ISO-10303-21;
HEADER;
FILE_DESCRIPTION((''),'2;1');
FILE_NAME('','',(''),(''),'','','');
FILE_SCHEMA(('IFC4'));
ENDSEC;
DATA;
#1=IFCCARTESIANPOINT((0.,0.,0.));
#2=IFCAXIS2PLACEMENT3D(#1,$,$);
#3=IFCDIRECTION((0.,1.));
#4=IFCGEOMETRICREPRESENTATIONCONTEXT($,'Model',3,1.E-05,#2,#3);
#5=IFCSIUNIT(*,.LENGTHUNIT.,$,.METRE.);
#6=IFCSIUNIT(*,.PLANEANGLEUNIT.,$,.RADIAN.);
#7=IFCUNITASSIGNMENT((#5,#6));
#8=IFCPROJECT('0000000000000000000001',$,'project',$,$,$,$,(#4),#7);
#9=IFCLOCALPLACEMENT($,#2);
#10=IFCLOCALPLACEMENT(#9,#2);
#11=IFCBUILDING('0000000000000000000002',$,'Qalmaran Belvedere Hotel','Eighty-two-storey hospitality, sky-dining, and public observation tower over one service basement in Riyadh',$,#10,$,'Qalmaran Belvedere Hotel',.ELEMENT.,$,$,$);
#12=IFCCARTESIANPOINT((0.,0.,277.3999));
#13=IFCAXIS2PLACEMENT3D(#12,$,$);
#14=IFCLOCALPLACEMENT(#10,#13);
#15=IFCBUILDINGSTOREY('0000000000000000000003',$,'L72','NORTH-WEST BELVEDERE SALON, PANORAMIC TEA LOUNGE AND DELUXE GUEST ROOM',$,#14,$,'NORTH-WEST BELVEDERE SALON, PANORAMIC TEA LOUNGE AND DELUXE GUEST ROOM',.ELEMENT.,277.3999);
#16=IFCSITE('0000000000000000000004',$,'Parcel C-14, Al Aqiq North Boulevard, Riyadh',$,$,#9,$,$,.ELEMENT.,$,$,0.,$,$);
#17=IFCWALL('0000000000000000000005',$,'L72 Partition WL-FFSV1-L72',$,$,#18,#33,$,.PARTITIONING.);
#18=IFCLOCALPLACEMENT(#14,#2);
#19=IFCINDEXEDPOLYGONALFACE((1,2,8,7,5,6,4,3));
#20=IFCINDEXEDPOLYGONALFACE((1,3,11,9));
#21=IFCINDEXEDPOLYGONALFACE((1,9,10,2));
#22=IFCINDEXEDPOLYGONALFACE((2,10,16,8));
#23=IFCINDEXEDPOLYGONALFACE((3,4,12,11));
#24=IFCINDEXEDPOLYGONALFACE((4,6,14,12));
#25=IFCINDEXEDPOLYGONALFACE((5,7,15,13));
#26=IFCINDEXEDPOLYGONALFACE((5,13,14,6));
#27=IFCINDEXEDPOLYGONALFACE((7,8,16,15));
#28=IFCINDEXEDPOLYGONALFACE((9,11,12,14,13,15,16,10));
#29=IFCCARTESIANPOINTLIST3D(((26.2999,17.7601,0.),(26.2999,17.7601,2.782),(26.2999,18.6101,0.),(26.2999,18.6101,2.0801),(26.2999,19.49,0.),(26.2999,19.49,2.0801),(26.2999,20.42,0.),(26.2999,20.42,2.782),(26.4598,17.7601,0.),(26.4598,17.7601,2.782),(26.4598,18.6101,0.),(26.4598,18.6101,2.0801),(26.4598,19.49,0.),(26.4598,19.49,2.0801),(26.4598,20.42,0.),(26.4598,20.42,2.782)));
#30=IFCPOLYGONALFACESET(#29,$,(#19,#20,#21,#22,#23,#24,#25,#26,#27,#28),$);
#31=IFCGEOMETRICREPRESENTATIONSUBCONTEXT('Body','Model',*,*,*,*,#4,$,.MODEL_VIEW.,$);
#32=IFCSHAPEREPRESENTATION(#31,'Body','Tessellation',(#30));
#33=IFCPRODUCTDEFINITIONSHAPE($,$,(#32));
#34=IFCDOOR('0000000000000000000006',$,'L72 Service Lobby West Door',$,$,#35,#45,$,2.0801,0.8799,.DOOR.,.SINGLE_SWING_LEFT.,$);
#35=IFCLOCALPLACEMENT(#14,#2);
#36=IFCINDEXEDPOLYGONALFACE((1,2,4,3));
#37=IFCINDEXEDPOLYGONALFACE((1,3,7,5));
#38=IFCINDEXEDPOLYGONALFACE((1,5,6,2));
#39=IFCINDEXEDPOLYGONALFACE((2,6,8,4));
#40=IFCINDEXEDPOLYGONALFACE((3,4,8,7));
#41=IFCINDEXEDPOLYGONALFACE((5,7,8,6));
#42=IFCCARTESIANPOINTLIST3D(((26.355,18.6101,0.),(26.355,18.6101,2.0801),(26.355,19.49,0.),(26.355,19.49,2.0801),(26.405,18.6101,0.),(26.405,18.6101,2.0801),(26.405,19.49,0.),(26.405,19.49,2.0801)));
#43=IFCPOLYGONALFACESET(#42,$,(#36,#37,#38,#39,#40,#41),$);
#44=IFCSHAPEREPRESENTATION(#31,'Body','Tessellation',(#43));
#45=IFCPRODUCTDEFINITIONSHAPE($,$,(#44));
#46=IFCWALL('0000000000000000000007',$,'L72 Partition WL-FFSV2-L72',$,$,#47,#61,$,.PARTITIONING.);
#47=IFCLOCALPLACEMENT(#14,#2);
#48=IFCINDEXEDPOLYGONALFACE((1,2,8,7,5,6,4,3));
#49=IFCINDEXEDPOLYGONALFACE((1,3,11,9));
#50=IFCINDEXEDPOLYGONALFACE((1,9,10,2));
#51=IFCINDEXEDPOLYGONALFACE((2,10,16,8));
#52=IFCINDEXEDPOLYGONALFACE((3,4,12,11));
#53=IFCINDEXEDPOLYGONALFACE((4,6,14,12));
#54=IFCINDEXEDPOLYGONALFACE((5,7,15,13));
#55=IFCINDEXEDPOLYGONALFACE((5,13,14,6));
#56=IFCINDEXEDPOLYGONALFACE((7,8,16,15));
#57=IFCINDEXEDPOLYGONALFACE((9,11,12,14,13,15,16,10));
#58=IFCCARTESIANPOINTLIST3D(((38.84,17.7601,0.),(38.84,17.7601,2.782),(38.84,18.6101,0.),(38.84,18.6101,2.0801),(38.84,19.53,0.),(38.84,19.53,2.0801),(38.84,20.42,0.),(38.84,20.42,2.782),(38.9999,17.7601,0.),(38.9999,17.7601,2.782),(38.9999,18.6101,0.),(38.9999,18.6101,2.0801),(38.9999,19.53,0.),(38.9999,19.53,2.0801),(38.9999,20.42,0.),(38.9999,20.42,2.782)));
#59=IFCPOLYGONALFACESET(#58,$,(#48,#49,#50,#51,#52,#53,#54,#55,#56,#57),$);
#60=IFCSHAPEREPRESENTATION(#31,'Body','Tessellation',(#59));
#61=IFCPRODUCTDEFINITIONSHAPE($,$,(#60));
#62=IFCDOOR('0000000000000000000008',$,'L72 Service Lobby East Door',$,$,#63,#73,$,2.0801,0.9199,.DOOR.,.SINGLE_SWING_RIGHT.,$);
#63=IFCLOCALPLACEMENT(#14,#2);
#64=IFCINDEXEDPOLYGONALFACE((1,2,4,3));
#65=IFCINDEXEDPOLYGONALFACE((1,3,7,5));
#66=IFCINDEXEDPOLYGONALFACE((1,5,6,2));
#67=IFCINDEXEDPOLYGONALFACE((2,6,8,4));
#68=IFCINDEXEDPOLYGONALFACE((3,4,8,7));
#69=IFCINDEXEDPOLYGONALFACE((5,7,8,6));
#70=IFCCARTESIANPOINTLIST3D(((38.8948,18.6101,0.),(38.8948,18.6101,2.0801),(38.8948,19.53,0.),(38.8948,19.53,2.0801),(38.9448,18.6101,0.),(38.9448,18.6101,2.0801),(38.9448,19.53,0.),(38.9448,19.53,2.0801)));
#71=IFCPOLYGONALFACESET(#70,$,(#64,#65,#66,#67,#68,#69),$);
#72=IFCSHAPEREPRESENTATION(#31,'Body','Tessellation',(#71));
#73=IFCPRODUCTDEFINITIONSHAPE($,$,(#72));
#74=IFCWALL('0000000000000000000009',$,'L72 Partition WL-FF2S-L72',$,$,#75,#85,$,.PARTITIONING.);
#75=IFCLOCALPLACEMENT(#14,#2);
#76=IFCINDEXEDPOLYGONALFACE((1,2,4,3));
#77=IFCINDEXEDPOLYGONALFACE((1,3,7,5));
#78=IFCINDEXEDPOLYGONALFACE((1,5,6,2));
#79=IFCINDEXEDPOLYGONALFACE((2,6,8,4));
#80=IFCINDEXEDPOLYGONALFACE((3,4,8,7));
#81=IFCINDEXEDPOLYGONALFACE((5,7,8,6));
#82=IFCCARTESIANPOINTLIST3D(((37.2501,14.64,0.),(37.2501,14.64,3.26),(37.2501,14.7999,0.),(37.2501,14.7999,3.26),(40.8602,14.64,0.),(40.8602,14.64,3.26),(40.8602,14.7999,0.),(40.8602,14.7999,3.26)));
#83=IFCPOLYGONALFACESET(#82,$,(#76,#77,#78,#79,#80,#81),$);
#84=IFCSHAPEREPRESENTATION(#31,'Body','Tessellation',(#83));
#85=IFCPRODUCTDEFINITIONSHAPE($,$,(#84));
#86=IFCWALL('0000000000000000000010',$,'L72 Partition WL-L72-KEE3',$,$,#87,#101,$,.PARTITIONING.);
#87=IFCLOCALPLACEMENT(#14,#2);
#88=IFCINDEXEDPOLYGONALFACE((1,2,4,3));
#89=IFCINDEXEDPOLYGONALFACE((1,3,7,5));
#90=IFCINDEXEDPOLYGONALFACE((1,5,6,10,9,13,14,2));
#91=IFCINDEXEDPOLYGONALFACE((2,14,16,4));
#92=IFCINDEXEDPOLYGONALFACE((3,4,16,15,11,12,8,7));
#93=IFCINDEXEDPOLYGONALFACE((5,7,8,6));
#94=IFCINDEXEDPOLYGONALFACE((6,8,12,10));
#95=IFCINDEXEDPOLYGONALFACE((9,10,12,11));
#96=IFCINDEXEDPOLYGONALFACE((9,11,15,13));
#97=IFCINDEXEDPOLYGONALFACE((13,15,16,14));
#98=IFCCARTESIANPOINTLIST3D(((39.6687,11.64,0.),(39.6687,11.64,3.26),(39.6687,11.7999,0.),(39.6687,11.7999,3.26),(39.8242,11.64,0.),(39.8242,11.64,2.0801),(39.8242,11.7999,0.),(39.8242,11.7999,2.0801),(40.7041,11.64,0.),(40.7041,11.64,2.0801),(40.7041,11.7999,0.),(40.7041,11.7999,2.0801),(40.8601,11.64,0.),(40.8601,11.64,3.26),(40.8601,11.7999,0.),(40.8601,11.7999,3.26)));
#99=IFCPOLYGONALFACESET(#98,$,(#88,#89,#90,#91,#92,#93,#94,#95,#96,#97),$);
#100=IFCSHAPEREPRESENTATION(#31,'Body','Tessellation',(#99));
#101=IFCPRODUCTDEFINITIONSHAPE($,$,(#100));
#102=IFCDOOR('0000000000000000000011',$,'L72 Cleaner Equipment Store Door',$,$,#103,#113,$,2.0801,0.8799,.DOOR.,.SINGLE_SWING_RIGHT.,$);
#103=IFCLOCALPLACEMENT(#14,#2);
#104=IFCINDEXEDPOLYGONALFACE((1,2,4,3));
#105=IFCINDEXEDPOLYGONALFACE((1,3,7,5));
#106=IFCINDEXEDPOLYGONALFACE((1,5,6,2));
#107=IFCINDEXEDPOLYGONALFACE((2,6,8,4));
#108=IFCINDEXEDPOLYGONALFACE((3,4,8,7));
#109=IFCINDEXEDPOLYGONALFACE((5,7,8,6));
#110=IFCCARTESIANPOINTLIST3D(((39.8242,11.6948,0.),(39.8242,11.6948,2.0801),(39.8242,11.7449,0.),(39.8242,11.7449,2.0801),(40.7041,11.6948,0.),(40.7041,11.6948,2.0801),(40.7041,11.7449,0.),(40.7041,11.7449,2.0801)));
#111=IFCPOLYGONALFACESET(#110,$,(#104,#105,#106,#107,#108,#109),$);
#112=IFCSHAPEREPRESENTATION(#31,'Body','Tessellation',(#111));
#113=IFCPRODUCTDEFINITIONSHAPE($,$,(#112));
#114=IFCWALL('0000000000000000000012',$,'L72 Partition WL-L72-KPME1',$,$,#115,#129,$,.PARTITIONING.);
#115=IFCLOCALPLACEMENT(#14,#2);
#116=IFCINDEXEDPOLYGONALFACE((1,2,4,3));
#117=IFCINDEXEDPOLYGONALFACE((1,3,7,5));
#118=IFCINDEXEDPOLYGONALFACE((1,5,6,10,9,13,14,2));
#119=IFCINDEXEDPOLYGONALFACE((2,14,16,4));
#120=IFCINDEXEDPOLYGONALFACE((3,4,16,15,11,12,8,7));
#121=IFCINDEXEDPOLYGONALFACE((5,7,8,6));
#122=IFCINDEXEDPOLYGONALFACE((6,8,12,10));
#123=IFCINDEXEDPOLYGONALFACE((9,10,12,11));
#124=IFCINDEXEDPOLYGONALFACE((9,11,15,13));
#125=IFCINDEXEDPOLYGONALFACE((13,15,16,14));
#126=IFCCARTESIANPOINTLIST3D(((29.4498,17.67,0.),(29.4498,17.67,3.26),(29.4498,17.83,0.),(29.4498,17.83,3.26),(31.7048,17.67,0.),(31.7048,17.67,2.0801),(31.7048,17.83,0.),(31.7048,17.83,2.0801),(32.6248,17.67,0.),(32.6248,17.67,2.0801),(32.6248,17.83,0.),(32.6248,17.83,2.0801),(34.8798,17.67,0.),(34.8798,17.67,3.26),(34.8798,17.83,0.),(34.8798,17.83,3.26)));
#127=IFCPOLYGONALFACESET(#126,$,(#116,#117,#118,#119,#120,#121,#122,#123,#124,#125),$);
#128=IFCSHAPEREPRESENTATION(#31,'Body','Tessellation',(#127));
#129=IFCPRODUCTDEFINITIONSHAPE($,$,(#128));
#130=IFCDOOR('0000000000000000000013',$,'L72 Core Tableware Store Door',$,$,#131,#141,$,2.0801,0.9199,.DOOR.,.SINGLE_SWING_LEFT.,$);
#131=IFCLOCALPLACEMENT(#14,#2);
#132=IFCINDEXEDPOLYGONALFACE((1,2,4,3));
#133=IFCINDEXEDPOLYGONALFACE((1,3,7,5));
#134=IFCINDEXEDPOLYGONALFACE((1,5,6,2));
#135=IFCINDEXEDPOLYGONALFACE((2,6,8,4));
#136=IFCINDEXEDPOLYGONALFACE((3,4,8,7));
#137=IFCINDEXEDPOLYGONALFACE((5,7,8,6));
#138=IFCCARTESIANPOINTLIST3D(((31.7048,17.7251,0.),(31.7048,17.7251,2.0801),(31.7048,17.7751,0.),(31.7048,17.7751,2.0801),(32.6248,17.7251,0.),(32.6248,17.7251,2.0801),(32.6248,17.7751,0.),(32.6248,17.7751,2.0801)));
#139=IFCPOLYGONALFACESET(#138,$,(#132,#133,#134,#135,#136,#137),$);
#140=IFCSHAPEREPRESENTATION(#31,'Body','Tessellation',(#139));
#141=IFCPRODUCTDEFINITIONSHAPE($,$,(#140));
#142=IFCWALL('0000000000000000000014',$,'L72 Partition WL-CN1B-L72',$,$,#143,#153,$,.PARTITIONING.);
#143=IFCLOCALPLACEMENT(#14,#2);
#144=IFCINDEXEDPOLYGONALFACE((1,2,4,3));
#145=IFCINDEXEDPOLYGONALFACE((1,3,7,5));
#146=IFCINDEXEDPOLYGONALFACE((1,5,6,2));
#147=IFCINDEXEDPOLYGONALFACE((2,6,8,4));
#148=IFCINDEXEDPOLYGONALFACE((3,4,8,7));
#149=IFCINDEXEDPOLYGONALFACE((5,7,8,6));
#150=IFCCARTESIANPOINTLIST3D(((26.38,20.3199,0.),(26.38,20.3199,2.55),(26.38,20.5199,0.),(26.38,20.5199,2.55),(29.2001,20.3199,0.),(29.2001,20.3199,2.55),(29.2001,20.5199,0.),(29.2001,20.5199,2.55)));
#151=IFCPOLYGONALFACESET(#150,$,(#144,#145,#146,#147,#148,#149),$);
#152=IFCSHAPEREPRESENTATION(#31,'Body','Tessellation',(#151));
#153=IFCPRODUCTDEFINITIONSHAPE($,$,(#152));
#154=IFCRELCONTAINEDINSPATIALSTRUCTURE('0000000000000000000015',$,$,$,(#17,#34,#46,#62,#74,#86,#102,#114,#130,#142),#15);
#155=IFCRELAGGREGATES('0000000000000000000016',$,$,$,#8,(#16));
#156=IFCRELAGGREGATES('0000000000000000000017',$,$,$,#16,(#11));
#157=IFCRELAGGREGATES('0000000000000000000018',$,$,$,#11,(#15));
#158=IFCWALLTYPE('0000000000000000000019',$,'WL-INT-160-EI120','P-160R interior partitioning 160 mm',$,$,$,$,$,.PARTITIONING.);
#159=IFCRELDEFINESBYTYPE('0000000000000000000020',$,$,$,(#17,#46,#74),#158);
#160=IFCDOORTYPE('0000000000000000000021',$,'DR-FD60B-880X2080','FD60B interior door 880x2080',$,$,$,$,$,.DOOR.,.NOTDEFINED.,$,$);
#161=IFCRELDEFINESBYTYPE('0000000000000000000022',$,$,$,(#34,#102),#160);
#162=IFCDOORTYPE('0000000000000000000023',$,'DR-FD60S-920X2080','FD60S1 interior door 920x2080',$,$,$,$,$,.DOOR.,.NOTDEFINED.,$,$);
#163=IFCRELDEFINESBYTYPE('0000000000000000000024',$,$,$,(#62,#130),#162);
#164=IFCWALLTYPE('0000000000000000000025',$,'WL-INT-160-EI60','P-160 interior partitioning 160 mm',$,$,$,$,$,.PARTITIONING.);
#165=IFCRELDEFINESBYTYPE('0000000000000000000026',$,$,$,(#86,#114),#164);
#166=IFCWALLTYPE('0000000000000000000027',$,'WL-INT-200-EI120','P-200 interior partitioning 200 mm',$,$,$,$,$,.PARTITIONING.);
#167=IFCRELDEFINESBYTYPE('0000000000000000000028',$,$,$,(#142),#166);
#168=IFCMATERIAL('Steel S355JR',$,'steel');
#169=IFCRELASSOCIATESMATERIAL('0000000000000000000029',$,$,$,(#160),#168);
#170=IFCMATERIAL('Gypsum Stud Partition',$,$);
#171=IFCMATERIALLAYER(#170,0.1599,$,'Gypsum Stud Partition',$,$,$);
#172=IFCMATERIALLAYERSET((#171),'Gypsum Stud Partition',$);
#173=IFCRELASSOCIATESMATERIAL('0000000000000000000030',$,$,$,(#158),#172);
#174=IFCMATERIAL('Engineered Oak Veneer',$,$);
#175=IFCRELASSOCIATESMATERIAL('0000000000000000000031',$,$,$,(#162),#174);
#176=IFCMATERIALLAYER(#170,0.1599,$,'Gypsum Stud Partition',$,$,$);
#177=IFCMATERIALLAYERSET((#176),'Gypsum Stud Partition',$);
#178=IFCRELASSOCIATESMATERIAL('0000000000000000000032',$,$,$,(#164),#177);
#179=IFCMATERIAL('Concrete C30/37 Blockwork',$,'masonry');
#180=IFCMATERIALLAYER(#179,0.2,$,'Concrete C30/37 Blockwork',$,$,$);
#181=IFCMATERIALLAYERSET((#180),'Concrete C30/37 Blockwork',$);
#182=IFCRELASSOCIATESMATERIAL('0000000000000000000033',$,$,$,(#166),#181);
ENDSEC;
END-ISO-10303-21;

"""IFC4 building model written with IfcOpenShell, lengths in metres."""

from ifc_helpers import new_model, si_unit, direction, frame, frame_2d, origin, place, context, subcontext, project, spatial, rectangle, extrude, material, layer, layer_set, type_object, element, fill, save


model = new_model("IFC4")

# Units and contexts
model_context = context("Model", 3, precision=1e-05, world=origin(), true_north=direction((0.0, 1.0)))
body_context = subcontext(model_context, "Body", "Model", "MODEL_VIEW")
ifc_project = project(units=[si_unit("LENGTHUNIT", "METRE"), si_unit("PLANEANGLEUNIT", "RADIAN")], contexts=[model_context])

# Site, building, storey
site_placement = place(None, origin())
site = spatial("IfcSite", under=ifc_project, at=site_placement, Name="Parcel C-14, Al Aqiq North Boulevard, Riyadh", CompositionType="ELEMENT", RefElevation=0.0)
building_placement = place(site_placement, origin())
building = spatial("IfcBuilding", under=site, at=building_placement, Name="Qalmaran Belvedere Hotel", Description="Eighty-two-storey hospitality, sky-dining, and public observation tower over one service basement in Riyadh", LongName="Qalmaran Belvedere Hotel", CompositionType="ELEMENT")
storey_placement = place(building_placement, frame((0.0, 0.0, 277.3999)))
storey = spatial("IfcBuildingStorey", under=building, at=storey_placement, Name="L72", Description="NORTH-WEST BELVEDERE SALON, PANORAMIC TEA LOUNGE AND DELUXE GUEST ROOM", LongName="NORTH-WEST BELVEDERE SALON, PANORAMIC TEA LOUNGE AND DELUXE GUEST ROOM", CompositionType="ELEMENT", Elevation=277.3999)

# Shared definitions
ifc_material_1 = material(Name="Steel S355JR", Category="steel")

# Shared definitions
ifc_material_2 = material(Name="Gypsum Stud Partition")

# Walls, openings, doors
door_type_1 = type_object("IfcDoorType", Name="DR-FD60B-880X2080", Description="FD60B interior door 880x2080", OperationType="NOTDEFINED", PredefinedType="DOOR", material=ifc_material_1)
ifc_layer_1 = layer(ifc_material_2, 0.1599, Name="Gypsum Stud Partition")
ifc_layer_set_1 = layer_set([ifc_layer_1], Name="Gypsum Stud Partition")
wall_type_1 = type_object("IfcWallType", Name="WL-INT-160-EI120", Description="P-160R interior partitioning 160 mm", PredefinedType="PARTITIONING", material=ifc_layer_set_1)
wall_1_placement = place(storey_placement, frame((26.3799, 17.76, 0.0), z_axis=(0.0, 0.0, 1.0), x_axis=(0.0, 1.0, 0.0)))
wall_1 = element("IfcWall", 1, at=wall_1_placement, inside=storey, type_object=wall_type_1, Name="L72 Partition WL-FFSV1-L72", PredefinedType="PARTITIONING", context=body_context, shape_type="SweptSolid", body=[
    extrude(rectangle(XDim=2.6599, YDim=0.1599, at=frame_2d((1.3301, 0.0))), origin(), (0.0, 0.0, 1.0), 2.782),
])
opening_1_placement = place(wall_1_placement, frame((0.8501, 0.0, 0.0)))
opening_1 = element("IfcOpeningElement", 2, at=opening_1_placement, cuts=wall_1, PredefinedType="OPENING", context=body_context, shape_type="SweptSolid", body=[
    extrude(rectangle(XDim=0.8799, YDim=2.0801, at=frame_2d((0.4399, 1.04))), frame((0.0, 0.0898, 0.0), z_axis=(0.0, -1.0, 0.0), x_axis=(1.0, 0.0, 0.0)), (0.0, 0.0, 1.0), 0.1799),
])
door_1_placement = place(opening_1_placement, origin())
door_1 = element("IfcDoor", 3, at=door_1_placement, inside=storey, type_object=door_type_1, Name="L72 Service Lobby West Door", OperationType="SINGLE_SWING_LEFT", OverallHeight=2.0801, OverallWidth=0.8799, PredefinedType="DOOR", context=body_context, shape_type="SweptSolid", body=[
    extrude(rectangle(XDim=0.8799, YDim=2.0801, at=frame_2d((0.4399, 1.04))), frame((0.0, 0.0249, 0.0), z_axis=(0.0, -1.0, 0.0), x_axis=(1.0, 0.0, 0.0)), (0.0, 0.0, 1.0), 0.05),
])
fill(opening_1, door_1)
wall_2_placement = place(storey_placement, frame((38.9199, 17.76, 0.0), z_axis=(0.0, 0.0, 1.0), x_axis=(0.0, 1.0, 0.0)))
wall_2 = element("IfcWall", 4, at=wall_2_placement, inside=storey, type_object=wall_type_1, Name="L72 Partition WL-FFSV2-L72", PredefinedType="PARTITIONING", context=body_context, shape_type="SweptSolid", body=[
    extrude(rectangle(XDim=2.6599, YDim=0.1599, at=frame_2d((1.3301, 0.0))), origin(), (0.0, 0.0, 1.0), 2.782),
])
opening_2_placement = place(wall_2_placement, frame((1.77, 0.0, 0.0), z_axis=(0.0, 0.0, 1.0), x_axis=(-1.0, 0.0, 0.0)))
opening_2 = element("IfcOpeningElement", 5, at=opening_2_placement, cuts=wall_2, PredefinedType="OPENING", context=body_context, shape_type="SweptSolid", body=[
    extrude(rectangle(XDim=0.9199, YDim=2.0801, at=frame_2d((0.46, 1.04))), frame((0.0, 0.0898, 0.0), z_axis=(0.0, -1.0, 0.0), x_axis=(1.0, 0.0, 0.0)), (0.0, 0.0, 1.0), 0.1799),
])
ifc_material_3 = material(Name="Engineered Oak Veneer")
door_type_2 = type_object("IfcDoorType", Name="DR-FD60S-920X2080", Description="FD60S1 interior door 920x2080", OperationType="NOTDEFINED", PredefinedType="DOOR", material=ifc_material_3)
door_2_placement = place(opening_2_placement, origin())
door_2 = element("IfcDoor", 6, at=door_2_placement, inside=storey, type_object=door_type_2, Name="L72 Service Lobby East Door", OperationType="SINGLE_SWING_RIGHT", OverallHeight=2.0801, OverallWidth=0.9199, PredefinedType="DOOR", context=body_context, shape_type="SweptSolid", body=[
    extrude(rectangle(XDim=0.9199, YDim=2.0801, at=frame_2d((0.46, 1.04))), frame((0.0, 0.0249, 0.0), z_axis=(0.0, -1.0, 0.0), x_axis=(1.0, 0.0, 0.0)), (0.0, 0.0, 1.0), 0.05),
])
fill(opening_2, door_2)

# Wall
wall_3_placement = place(storey_placement, frame((37.25, 14.72, 0.0), z_axis=(0.0, 0.0, 1.0), x_axis=(1.0, 0.0, 0.0)))
element("IfcWall", 7, at=wall_3_placement, inside=storey, type_object=wall_type_1, Name="L72 Partition WL-FF2S-L72", PredefinedType="PARTITIONING", context=body_context, shape_type="SweptSolid", body=[
    extrude(rectangle(XDim=3.6101, YDim=0.1599, at=frame_2d((1.8052, 0.0))), origin(), (0.0, 0.0, 1.0), 3.26),
])

# Walls, openings, doors
ifc_layer_2 = layer(ifc_material_2, 0.1599, Name="Gypsum Stud Partition")
ifc_layer_set_2 = layer_set([ifc_layer_2], Name="Gypsum Stud Partition")
wall_type_2 = type_object("IfcWallType", Name="WL-INT-160-EI60", Description="P-160 interior partitioning 160 mm", PredefinedType="PARTITIONING", material=ifc_layer_set_2)
wall_4_placement = place(storey_placement, frame((39.6687, 11.72, 0.0), z_axis=(0.0, 0.0, 1.0), x_axis=(1.0, 0.0, 0.0)))
wall_4 = element("IfcWall", 8, at=wall_4_placement, inside=storey, type_object=wall_type_2, Name="L72 Partition WL-L72-KEE3", PredefinedType="PARTITIONING", context=body_context, shape_type="SweptSolid", body=[
    extrude(rectangle(XDim=1.1914, YDim=0.1599, at=frame_2d((0.5957, 0.0))), origin(), (0.0, 0.0, 1.0), 3.26),
])
opening_3_placement = place(wall_4_placement, frame((0.1555, 0.0, 0.0)))
opening_3 = element("IfcOpeningElement", 9, at=opening_3_placement, cuts=wall_4, PredefinedType="OPENING", context=body_context, shape_type="SweptSolid", body=[
    extrude(rectangle(XDim=0.8799, YDim=2.0801, at=frame_2d((0.4399, 1.04))), frame((0.0, 0.0898, 0.0), z_axis=(0.0, -1.0, 0.0), x_axis=(1.0, 0.0, 0.0)), (0.0, 0.0, 1.0), 0.1799),
])
door_3_placement = place(opening_3_placement, origin())
door_3 = element("IfcDoor", 10, at=door_3_placement, inside=storey, type_object=door_type_1, Name="L72 Cleaner Equipment Store Door", OperationType="SINGLE_SWING_RIGHT", OverallHeight=2.0801, OverallWidth=0.8799, PredefinedType="DOOR", context=body_context, shape_type="SweptSolid", body=[
    extrude(rectangle(XDim=0.8799, YDim=2.0801, at=frame_2d((0.4399, 1.04))), frame((0.0, 0.0249, 0.0), z_axis=(0.0, -1.0, 0.0), x_axis=(1.0, 0.0, 0.0)), (0.0, 0.0, 1.0), 0.05),
])
fill(opening_3, door_3)
wall_5_placement = place(storey_placement, frame((29.45, 17.75, 0.0), z_axis=(0.0, 0.0, 1.0), x_axis=(1.0, 0.0, 0.0)))
wall_5 = element("IfcWall", 11, at=wall_5_placement, inside=storey, type_object=wall_type_2, Name="L72 Partition WL-L72-KPME1", PredefinedType="PARTITIONING", context=body_context, shape_type="SweptSolid", body=[
    extrude(rectangle(XDim=5.4299, YDim=0.1599, at=frame_2d((2.7148, 0.0))), origin(), (0.0, 0.0, 1.0), 3.26),
])
opening_4_placement = place(wall_5_placement, frame((3.1748, 0.0, 0.0), z_axis=(0.0, 0.0, 1.0), x_axis=(-1.0, 0.0, 0.0)))
opening_4 = element("IfcOpeningElement", 12, at=opening_4_placement, cuts=wall_5, PredefinedType="OPENING", context=body_context, shape_type="SweptSolid", body=[
    extrude(rectangle(XDim=0.9199, YDim=2.0801, at=frame_2d((0.46, 1.04))), frame((0.0, 0.0898, 0.0), z_axis=(0.0, -1.0, 0.0), x_axis=(1.0, 0.0, 0.0)), (0.0, 0.0, 1.0), 0.1799),
])
door_4_placement = place(opening_4_placement, origin())
door_4 = element("IfcDoor", 13, at=door_4_placement, inside=storey, type_object=door_type_2, Name="L72 Core Tableware Store Door", OperationType="SINGLE_SWING_LEFT", OverallHeight=2.0801, OverallWidth=0.9199, PredefinedType="DOOR", context=body_context, shape_type="SweptSolid", body=[
    extrude(rectangle(XDim=0.9199, YDim=2.0801, at=frame_2d((0.46, 1.04))), frame((0.0, 0.0249, 0.0), z_axis=(0.0, -1.0, 0.0), x_axis=(1.0, 0.0, 0.0)), (0.0, 0.0, 1.0), 0.05),
])
fill(opening_4, door_4)

# Wall
ifc_material_4 = material(Name="Concrete C30/37 Blockwork", Category="masonry")
ifc_layer_3 = layer(ifc_material_4, 0.2, Name="Concrete C30/37 Blockwork")
ifc_layer_set_3 = layer_set([ifc_layer_3], Name="Concrete C30/37 Blockwork")
wall_type_3 = type_object("IfcWallType", Name="WL-INT-200-EI120", Description="P-200 interior partitioning 200 mm", PredefinedType="PARTITIONING", material=ifc_layer_set_3)
wall_6_placement = place(storey_placement, frame((26.3799, 20.4199, 0.0), z_axis=(0.0, 0.0, 1.0), x_axis=(1.0, 0.0, 0.0)))
element("IfcWall", 14, at=wall_6_placement, inside=storey, type_object=wall_type_3, Name="L72 Partition WL-CN1B-L72", PredefinedType="PARTITIONING", context=body_context, shape_type="SweptSolid", body=[
    extrude(rectangle(XDim=2.8201, YDim=0.2, at=frame_2d((1.4102, 0.0))), origin(), (0.0, 0.0, 1.0), 2.55),
])

save(model, "model.ifc")
